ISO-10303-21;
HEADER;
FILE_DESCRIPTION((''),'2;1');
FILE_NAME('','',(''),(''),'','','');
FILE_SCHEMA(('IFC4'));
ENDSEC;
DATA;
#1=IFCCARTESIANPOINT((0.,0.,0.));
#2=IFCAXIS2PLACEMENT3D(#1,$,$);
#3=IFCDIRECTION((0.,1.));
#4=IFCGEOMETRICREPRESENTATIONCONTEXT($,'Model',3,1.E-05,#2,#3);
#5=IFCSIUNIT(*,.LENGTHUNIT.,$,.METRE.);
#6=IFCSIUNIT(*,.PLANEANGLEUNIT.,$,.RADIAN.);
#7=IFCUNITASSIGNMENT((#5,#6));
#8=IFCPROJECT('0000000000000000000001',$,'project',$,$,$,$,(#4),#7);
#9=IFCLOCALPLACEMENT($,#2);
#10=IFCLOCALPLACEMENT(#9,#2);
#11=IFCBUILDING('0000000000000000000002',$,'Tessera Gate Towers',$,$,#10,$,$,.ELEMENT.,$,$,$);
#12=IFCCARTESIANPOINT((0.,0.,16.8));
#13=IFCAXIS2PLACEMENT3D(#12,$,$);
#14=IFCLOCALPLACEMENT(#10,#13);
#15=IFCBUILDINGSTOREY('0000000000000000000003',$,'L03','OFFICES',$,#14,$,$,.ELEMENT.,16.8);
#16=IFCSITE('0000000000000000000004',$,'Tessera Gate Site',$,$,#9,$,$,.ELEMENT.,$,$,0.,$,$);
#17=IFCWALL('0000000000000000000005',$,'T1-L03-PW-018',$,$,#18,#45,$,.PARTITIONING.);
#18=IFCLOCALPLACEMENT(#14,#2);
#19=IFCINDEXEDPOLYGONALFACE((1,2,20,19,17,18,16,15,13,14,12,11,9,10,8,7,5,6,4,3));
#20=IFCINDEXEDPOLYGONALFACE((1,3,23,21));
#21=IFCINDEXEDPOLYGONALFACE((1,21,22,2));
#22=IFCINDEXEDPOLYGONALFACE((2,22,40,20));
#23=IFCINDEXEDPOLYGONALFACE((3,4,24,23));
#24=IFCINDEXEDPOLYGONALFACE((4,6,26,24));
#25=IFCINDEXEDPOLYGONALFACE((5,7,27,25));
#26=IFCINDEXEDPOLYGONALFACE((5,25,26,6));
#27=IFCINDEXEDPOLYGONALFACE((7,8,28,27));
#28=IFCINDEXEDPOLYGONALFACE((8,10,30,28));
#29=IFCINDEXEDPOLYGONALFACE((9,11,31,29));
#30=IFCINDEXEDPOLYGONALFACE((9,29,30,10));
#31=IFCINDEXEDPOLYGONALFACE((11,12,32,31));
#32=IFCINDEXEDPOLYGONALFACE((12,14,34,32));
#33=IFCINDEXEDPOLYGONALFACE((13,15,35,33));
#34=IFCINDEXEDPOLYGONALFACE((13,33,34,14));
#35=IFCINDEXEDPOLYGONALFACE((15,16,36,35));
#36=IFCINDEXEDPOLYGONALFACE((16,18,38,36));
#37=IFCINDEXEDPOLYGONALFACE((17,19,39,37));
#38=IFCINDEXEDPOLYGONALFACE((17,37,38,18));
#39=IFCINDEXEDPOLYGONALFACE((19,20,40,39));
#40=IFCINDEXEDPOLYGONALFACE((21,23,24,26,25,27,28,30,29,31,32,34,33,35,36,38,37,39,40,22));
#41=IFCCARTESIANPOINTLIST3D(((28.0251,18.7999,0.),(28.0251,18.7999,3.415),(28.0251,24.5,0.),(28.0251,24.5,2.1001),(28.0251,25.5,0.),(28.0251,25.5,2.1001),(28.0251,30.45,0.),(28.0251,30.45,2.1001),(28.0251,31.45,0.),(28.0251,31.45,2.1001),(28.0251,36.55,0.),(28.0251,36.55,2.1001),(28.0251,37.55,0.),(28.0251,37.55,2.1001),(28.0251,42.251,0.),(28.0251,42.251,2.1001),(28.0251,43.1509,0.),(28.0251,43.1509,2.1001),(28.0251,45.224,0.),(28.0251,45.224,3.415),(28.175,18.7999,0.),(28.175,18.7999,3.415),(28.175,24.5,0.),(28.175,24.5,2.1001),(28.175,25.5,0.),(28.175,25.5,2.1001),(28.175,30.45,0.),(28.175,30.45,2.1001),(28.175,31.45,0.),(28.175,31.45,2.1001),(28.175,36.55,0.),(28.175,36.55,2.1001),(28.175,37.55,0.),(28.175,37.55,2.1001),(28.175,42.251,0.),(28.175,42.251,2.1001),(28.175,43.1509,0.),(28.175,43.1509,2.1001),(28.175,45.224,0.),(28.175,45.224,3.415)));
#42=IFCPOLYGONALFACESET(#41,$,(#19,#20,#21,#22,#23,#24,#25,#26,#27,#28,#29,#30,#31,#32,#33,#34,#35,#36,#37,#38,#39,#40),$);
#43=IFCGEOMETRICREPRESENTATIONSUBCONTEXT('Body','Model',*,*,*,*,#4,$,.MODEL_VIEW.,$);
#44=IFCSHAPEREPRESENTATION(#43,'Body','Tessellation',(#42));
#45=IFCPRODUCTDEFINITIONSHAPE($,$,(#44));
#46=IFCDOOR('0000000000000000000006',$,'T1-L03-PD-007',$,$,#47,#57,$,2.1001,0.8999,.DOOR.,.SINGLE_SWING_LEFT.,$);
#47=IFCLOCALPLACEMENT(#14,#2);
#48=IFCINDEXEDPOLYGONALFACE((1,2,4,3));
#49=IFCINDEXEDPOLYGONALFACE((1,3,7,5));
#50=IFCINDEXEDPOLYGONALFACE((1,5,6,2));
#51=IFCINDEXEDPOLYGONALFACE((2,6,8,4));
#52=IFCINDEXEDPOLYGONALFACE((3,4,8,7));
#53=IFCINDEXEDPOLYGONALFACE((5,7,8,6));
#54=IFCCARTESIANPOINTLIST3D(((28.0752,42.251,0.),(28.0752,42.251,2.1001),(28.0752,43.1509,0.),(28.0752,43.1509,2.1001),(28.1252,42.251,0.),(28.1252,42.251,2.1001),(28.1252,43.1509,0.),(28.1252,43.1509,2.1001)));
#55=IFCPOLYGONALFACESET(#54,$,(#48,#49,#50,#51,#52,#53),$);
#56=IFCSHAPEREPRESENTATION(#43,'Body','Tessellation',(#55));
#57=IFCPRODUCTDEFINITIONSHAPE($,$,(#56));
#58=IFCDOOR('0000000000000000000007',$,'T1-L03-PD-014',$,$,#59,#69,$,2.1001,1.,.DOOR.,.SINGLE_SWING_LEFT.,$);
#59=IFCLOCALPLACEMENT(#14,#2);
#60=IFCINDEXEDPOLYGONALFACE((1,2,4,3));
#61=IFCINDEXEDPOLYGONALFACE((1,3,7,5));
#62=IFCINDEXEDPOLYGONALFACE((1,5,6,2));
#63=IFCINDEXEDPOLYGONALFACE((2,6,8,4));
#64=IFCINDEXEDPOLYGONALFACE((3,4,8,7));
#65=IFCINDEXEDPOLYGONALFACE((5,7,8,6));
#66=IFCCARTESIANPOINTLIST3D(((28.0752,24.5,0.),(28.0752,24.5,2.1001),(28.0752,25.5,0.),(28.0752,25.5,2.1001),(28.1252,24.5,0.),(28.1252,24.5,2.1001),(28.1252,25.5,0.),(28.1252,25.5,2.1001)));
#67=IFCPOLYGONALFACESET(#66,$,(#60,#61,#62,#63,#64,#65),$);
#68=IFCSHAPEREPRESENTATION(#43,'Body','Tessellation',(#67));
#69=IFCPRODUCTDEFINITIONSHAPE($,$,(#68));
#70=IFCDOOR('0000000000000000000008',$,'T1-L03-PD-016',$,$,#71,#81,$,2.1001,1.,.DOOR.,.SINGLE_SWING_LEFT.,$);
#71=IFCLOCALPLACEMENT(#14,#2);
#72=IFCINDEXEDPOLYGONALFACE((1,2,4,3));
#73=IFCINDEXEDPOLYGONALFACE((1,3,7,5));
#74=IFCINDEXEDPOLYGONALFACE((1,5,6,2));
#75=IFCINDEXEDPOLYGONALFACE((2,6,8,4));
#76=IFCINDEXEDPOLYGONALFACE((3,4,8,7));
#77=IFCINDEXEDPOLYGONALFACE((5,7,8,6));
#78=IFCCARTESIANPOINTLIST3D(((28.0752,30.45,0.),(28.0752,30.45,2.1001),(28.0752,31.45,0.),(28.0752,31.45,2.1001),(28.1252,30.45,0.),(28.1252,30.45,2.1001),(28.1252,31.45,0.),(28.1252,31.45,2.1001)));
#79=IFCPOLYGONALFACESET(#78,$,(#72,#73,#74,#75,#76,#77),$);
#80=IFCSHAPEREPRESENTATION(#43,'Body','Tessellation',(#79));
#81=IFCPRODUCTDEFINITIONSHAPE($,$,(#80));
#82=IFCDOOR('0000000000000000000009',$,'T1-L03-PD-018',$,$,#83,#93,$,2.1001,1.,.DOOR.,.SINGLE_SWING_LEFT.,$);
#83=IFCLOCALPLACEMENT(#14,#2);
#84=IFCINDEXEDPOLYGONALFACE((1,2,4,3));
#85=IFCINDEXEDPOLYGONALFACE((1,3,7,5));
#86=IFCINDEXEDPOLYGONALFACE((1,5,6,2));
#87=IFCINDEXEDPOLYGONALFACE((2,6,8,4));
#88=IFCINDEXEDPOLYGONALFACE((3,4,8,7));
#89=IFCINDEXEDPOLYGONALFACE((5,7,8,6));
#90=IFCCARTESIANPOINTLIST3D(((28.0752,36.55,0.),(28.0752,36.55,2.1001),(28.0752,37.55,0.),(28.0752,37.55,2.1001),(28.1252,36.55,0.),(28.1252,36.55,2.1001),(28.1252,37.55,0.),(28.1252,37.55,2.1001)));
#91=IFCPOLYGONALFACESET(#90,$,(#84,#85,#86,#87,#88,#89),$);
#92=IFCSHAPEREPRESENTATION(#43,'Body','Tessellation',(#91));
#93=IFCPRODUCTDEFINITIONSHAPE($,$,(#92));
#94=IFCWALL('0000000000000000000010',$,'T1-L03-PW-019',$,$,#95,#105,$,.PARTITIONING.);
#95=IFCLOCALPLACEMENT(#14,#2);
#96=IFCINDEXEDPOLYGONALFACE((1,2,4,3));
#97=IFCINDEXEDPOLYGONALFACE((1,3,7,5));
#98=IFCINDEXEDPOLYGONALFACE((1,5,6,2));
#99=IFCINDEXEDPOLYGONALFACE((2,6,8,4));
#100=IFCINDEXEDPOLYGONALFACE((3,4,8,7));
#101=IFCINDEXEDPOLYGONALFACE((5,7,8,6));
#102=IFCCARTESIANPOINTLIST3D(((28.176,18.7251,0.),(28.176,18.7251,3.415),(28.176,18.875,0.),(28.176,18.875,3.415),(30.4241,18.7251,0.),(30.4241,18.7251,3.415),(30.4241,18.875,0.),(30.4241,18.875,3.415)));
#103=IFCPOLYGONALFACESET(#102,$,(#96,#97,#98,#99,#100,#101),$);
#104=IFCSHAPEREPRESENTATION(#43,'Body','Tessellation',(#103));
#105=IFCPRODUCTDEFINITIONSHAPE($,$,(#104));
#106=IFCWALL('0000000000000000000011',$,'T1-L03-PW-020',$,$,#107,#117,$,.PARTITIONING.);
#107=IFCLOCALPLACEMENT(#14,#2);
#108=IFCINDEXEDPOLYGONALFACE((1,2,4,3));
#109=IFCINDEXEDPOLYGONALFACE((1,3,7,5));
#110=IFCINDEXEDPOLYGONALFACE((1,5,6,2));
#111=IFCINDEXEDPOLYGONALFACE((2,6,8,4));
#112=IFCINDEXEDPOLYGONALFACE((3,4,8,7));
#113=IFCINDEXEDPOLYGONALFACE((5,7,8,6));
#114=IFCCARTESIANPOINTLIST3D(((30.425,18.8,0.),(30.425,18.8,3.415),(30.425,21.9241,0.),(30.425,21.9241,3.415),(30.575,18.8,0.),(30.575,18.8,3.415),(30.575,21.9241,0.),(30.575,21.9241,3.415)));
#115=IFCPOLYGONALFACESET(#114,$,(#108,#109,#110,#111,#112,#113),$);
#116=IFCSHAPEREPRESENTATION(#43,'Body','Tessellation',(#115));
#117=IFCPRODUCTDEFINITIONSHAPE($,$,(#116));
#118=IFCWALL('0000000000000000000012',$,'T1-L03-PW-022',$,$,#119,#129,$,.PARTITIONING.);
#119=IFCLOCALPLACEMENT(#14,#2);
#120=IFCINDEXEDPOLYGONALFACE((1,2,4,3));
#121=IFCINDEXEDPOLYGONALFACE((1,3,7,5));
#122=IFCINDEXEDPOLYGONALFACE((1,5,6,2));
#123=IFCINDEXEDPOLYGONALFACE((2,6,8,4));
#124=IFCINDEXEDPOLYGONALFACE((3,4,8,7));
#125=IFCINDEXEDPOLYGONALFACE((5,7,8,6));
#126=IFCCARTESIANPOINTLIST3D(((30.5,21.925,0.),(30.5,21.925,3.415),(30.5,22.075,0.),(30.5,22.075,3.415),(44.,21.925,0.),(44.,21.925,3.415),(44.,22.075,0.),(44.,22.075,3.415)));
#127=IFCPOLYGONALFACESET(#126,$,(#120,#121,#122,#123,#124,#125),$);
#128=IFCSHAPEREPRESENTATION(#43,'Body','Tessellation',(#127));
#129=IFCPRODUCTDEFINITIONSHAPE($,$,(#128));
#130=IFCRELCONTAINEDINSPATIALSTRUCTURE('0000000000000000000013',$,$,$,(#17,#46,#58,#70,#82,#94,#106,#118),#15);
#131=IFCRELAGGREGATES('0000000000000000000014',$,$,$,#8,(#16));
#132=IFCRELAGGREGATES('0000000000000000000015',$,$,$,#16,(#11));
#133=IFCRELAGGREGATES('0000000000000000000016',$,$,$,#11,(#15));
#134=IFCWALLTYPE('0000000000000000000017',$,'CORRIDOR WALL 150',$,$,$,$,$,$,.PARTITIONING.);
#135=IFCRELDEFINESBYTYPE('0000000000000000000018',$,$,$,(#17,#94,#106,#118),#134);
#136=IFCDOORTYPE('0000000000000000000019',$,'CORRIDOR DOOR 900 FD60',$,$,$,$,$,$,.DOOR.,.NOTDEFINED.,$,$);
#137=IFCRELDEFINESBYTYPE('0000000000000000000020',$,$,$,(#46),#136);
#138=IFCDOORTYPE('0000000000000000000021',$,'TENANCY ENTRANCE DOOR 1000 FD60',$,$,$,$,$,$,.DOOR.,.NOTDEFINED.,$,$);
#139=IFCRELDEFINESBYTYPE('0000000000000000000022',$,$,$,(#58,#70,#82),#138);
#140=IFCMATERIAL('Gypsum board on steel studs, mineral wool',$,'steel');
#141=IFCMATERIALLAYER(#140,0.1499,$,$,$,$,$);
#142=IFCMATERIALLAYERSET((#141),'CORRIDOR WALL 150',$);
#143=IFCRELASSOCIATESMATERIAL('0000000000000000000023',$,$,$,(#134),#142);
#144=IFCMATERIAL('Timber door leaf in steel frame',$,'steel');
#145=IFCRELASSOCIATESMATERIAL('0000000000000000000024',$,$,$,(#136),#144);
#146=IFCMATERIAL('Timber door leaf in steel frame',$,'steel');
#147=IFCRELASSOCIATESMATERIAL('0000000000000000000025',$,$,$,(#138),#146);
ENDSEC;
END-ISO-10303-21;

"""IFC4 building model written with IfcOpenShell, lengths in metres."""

from ifc_helpers import new_model, si_unit, direction, frame, frame_2d, origin, place, context, subcontext, project, spatial, rectangle, extrude, source, transform, mapped, material, layer, layer_set, type_object, element, fill, save


model = new_model("IFC4")

# Units and contexts
model_context = context("Model", 3, precision=1e-05, world=origin(), true_north=direction((0.0, 1.0)))
body_context = subcontext(model_context, "Body", "Model", "MODEL_VIEW")
ifc_project = project(units=[si_unit("LENGTHUNIT", "METRE"), si_unit("PLANEANGLEUNIT", "RADIAN")], contexts=[model_context])

# Site, building, storey
site_placement = place(None, origin())
site = spatial("IfcSite", under=ifc_project, at=site_placement, Name="Tessera Gate Site", CompositionType="ELEMENT", RefElevation=0.0)
building_placement = place(site_placement, origin())
building = spatial("IfcBuilding", under=site, at=building_placement, Name="Tessera Gate Towers", CompositionType="ELEMENT")
storey_placement = place(building_placement, frame((0.0, 0.0, 16.8)))
storey = spatial("IfcBuildingStorey", under=building, at=storey_placement, Name="L03", Description="OFFICES", CompositionType="ELEMENT", Elevation=16.8)

# Wall, openings, doors
ifc_material_1 = material(Name="Gypsum board on steel studs, mineral wool", Category="steel")
ifc_layer_1 = layer(ifc_material_1, 0.1499)
ifc_layer_set_1 = layer_set([ifc_layer_1], Name="CORRIDOR WALL 150")
wall_type_1 = type_object("IfcWallType", Name="CORRIDOR WALL 150", PredefinedType="PARTITIONING", material=ifc_layer_set_1)
wall_1_placement = place(storey_placement, frame((28.1001, 18.8, 0.0), z_axis=(0.0, 0.0, 1.0), x_axis=(0.0, 1.0, 0.0)))
wall_1 = element("IfcWall", 1, at=wall_1_placement, inside=storey, type_object=wall_type_1, Name="T1-L03-PW-018", PredefinedType="PARTITIONING", context=body_context, shape_type="SweptSolid", body=[
    extrude(rectangle(XDim=26.4241, YDim=0.1499, at=frame_2d((13.2119, 0.0))), origin(), (0.0, 0.0, 1.0), 3.415),
])
shared_shape_1 = source(origin(), body_context, "Body", "SweptSolid", [
    extrude(rectangle(XDim=0.8999, YDim=2.1001, at=frame_2d((0.45, 1.05))), frame((0.0, 0.085, 0.0), z_axis=(0.0, -1.0, 0.0), x_axis=(1.0, 0.0, 0.0)), (0.0, 0.0, 1.0), 0.1699),
])
opening_1_placement = place(wall_1_placement, frame((23.4509, 0.0, 0.0)))
opening_1 = element("IfcOpeningElement", 2, at=opening_1_placement, cuts=wall_1, PredefinedType="OPENING", context=body_context, shape_type="MappedRepresentation", body=[
    mapped(shared_shape_1, transform((0.0, 0.0, 0.0), scale=1.0)),
])
shared_shape_2 = source(origin(), body_context, "Body", "SweptSolid", [
    extrude(rectangle(XDim=1.0, YDim=2.1001, at=frame_2d((0.5, 1.05))), frame((0.0, 0.085, 0.0), z_axis=(0.0, -1.0, 0.0), x_axis=(1.0, 0.0, 0.0)), (0.0, 0.0, 1.0), 0.1699),
])
opening_2_placement = place(wall_1_placement, frame((5.7, 0.0, 0.0)))
opening_2 = element("IfcOpeningElement", 3, at=opening_2_placement, cuts=wall_1, PredefinedType="OPENING", context=body_context, shape_type="MappedRepresentation", body=[
    mapped(shared_shape_2, transform((0.0, 0.0, 0.0), scale=1.0)),
])
opening_3_placement = place(wall_1_placement, frame((11.6499, 0.0, 0.0)))
opening_3 = element("IfcOpeningElement", 4, at=opening_3_placement, cuts=wall_1, PredefinedType="OPENING", context=body_context, shape_type="MappedRepresentation", body=[
    mapped(shared_shape_2, transform((0.0, 0.0, 0.0), scale=1.0)),
])
opening_4_placement = place(wall_1_placement, frame((17.75, 0.0, 0.0)))
opening_4 = element("IfcOpeningElement", 5, at=opening_4_placement, cuts=wall_1, PredefinedType="OPENING", context=body_context, shape_type="MappedRepresentation", body=[
    mapped(shared_shape_2, transform((0.0, 0.0, 0.0), scale=1.0)),
])
ifc_material_2 = material(Name="Timber door leaf in steel frame", Category="steel")
door_type_1 = type_object("IfcDoorType", Name="CORRIDOR DOOR 900 FD60", OperationType="NOTDEFINED", PredefinedType="DOOR", material=ifc_material_2)
shared_shape_3 = source(origin(), body_context, "Body", "SweptSolid", [
    extrude(rectangle(XDim=0.8999, YDim=2.1001, at=frame_2d((0.45, 1.05))), frame((0.0, 0.0249, 0.0), z_axis=(0.0, -1.0, 0.0), x_axis=(1.0, 0.0, 0.0)), (0.0, 0.0, 1.0), 0.05),
])
door_1_placement = place(opening_1_placement, origin())
door_1 = element("IfcDoor", 6, at=door_1_placement, inside=storey, type_object=door_type_1, Name="T1-L03-PD-007", OperationType="SINGLE_SWING_LEFT", OverallHeight=2.1001, OverallWidth=0.8999, PredefinedType="DOOR", context=body_context, shape_type="MappedRepresentation", body=[
    mapped(shared_shape_3, transform((0.0, 0.0, 0.0), scale=1.0)),
])
fill(opening_1, door_1)
ifc_material_3 = material(Name="Timber door leaf in steel frame", Category="steel")
door_type_2 = type_object("IfcDoorType", Name="TENANCY ENTRANCE DOOR 1000 FD60", OperationType="NOTDEFINED", PredefinedType="DOOR", material=ifc_material_3)
shared_shape_4 = source(origin(), body_context, "Body", "SweptSolid", [
    extrude(rectangle(XDim=1.0, YDim=2.1001, at=frame_2d((0.5, 1.05))), frame((0.0, 0.0249, 0.0), z_axis=(0.0, -1.0, 0.0), x_axis=(1.0, 0.0, 0.0)), (0.0, 0.0, 1.0), 0.05),
])
door_2_placement = place(opening_2_placement, origin())
door_2 = element("IfcDoor", 7, at=door_2_placement, inside=storey, type_object=door_type_2, Name="T1-L03-PD-014", OperationType="SINGLE_SWING_LEFT", OverallHeight=2.1001, OverallWidth=1.0, PredefinedType="DOOR", context=body_context, shape_type="MappedRepresentation", body=[
    mapped(shared_shape_4, transform((0.0, 0.0, 0.0), scale=1.0)),
])
fill(opening_2, door_2)
door_3_placement = place(opening_3_placement, origin())
door_3 = element("IfcDoor", 8, at=door_3_placement, inside=storey, type_object=door_type_2, Name="T1-L03-PD-016", OperationType="SINGLE_SWING_LEFT", OverallHeight=2.1001, OverallWidth=1.0, PredefinedType="DOOR", context=body_context, shape_type="MappedRepresentation", body=[
    mapped(shared_shape_4, transform((0.0, 0.0, 0.0), scale=1.0)),
])
fill(opening_3, door_3)
door_4_placement = place(opening_4_placement, origin())
door_4 = element("IfcDoor", 9, at=door_4_placement, inside=storey, type_object=door_type_2, Name="T1-L03-PD-018", OperationType="SINGLE_SWING_LEFT", OverallHeight=2.1001, OverallWidth=1.0, PredefinedType="DOOR", context=body_context, shape_type="MappedRepresentation", body=[
    mapped(shared_shape_4, transform((0.0, 0.0, 0.0), scale=1.0)),
])
fill(opening_4, door_4)

# Walls
wall_2_placement = place(storey_placement, frame((28.176, 18.8, 0.0), z_axis=(0.0, 0.0, 1.0), x_axis=(1.0, 0.0, 0.0)))
element("IfcWall", 10, at=wall_2_placement, inside=storey, type_object=wall_type_1, Name="T1-L03-PW-019", PredefinedType="PARTITIONING", context=body_context, shape_type="SweptSolid", body=[
    extrude(rectangle(XDim=2.248, YDim=0.1499, at=frame_2d((1.124, 0.0))), origin(), (0.0, 0.0, 1.0), 3.415),
])
wall_3_placement = place(storey_placement, frame((30.5, 18.8, 0.0), z_axis=(0.0, 0.0, 1.0), x_axis=(0.0, 1.0, 0.0)))
element("IfcWall", 11, at=wall_3_placement, inside=storey, type_object=wall_type_1, Name="T1-L03-PW-020", PredefinedType="PARTITIONING", context=body_context, shape_type="SweptSolid", body=[
    extrude(rectangle(XDim=3.124, YDim=0.1499, at=frame_2d((1.562, 0.0))), origin(), (0.0, 0.0, 1.0), 3.415),
])
wall_4_placement = place(storey_placement, frame((30.5, 22.0, 0.0), z_axis=(0.0, 0.0, 1.0), x_axis=(1.0, 0.0, 0.0)))
element("IfcWall", 12, at=wall_4_placement, inside=storey, type_object=wall_type_1, Name="T1-L03-PW-022", PredefinedType="PARTITIONING", context=body_context, shape_type="SweptSolid", body=[
    extrude(rectangle(XDim=13.5, YDim=0.1499, at=frame_2d((6.75, 0.0))), origin(), (0.0, 0.0, 1.0), 3.415),
])

save(model, "model.ifc")
